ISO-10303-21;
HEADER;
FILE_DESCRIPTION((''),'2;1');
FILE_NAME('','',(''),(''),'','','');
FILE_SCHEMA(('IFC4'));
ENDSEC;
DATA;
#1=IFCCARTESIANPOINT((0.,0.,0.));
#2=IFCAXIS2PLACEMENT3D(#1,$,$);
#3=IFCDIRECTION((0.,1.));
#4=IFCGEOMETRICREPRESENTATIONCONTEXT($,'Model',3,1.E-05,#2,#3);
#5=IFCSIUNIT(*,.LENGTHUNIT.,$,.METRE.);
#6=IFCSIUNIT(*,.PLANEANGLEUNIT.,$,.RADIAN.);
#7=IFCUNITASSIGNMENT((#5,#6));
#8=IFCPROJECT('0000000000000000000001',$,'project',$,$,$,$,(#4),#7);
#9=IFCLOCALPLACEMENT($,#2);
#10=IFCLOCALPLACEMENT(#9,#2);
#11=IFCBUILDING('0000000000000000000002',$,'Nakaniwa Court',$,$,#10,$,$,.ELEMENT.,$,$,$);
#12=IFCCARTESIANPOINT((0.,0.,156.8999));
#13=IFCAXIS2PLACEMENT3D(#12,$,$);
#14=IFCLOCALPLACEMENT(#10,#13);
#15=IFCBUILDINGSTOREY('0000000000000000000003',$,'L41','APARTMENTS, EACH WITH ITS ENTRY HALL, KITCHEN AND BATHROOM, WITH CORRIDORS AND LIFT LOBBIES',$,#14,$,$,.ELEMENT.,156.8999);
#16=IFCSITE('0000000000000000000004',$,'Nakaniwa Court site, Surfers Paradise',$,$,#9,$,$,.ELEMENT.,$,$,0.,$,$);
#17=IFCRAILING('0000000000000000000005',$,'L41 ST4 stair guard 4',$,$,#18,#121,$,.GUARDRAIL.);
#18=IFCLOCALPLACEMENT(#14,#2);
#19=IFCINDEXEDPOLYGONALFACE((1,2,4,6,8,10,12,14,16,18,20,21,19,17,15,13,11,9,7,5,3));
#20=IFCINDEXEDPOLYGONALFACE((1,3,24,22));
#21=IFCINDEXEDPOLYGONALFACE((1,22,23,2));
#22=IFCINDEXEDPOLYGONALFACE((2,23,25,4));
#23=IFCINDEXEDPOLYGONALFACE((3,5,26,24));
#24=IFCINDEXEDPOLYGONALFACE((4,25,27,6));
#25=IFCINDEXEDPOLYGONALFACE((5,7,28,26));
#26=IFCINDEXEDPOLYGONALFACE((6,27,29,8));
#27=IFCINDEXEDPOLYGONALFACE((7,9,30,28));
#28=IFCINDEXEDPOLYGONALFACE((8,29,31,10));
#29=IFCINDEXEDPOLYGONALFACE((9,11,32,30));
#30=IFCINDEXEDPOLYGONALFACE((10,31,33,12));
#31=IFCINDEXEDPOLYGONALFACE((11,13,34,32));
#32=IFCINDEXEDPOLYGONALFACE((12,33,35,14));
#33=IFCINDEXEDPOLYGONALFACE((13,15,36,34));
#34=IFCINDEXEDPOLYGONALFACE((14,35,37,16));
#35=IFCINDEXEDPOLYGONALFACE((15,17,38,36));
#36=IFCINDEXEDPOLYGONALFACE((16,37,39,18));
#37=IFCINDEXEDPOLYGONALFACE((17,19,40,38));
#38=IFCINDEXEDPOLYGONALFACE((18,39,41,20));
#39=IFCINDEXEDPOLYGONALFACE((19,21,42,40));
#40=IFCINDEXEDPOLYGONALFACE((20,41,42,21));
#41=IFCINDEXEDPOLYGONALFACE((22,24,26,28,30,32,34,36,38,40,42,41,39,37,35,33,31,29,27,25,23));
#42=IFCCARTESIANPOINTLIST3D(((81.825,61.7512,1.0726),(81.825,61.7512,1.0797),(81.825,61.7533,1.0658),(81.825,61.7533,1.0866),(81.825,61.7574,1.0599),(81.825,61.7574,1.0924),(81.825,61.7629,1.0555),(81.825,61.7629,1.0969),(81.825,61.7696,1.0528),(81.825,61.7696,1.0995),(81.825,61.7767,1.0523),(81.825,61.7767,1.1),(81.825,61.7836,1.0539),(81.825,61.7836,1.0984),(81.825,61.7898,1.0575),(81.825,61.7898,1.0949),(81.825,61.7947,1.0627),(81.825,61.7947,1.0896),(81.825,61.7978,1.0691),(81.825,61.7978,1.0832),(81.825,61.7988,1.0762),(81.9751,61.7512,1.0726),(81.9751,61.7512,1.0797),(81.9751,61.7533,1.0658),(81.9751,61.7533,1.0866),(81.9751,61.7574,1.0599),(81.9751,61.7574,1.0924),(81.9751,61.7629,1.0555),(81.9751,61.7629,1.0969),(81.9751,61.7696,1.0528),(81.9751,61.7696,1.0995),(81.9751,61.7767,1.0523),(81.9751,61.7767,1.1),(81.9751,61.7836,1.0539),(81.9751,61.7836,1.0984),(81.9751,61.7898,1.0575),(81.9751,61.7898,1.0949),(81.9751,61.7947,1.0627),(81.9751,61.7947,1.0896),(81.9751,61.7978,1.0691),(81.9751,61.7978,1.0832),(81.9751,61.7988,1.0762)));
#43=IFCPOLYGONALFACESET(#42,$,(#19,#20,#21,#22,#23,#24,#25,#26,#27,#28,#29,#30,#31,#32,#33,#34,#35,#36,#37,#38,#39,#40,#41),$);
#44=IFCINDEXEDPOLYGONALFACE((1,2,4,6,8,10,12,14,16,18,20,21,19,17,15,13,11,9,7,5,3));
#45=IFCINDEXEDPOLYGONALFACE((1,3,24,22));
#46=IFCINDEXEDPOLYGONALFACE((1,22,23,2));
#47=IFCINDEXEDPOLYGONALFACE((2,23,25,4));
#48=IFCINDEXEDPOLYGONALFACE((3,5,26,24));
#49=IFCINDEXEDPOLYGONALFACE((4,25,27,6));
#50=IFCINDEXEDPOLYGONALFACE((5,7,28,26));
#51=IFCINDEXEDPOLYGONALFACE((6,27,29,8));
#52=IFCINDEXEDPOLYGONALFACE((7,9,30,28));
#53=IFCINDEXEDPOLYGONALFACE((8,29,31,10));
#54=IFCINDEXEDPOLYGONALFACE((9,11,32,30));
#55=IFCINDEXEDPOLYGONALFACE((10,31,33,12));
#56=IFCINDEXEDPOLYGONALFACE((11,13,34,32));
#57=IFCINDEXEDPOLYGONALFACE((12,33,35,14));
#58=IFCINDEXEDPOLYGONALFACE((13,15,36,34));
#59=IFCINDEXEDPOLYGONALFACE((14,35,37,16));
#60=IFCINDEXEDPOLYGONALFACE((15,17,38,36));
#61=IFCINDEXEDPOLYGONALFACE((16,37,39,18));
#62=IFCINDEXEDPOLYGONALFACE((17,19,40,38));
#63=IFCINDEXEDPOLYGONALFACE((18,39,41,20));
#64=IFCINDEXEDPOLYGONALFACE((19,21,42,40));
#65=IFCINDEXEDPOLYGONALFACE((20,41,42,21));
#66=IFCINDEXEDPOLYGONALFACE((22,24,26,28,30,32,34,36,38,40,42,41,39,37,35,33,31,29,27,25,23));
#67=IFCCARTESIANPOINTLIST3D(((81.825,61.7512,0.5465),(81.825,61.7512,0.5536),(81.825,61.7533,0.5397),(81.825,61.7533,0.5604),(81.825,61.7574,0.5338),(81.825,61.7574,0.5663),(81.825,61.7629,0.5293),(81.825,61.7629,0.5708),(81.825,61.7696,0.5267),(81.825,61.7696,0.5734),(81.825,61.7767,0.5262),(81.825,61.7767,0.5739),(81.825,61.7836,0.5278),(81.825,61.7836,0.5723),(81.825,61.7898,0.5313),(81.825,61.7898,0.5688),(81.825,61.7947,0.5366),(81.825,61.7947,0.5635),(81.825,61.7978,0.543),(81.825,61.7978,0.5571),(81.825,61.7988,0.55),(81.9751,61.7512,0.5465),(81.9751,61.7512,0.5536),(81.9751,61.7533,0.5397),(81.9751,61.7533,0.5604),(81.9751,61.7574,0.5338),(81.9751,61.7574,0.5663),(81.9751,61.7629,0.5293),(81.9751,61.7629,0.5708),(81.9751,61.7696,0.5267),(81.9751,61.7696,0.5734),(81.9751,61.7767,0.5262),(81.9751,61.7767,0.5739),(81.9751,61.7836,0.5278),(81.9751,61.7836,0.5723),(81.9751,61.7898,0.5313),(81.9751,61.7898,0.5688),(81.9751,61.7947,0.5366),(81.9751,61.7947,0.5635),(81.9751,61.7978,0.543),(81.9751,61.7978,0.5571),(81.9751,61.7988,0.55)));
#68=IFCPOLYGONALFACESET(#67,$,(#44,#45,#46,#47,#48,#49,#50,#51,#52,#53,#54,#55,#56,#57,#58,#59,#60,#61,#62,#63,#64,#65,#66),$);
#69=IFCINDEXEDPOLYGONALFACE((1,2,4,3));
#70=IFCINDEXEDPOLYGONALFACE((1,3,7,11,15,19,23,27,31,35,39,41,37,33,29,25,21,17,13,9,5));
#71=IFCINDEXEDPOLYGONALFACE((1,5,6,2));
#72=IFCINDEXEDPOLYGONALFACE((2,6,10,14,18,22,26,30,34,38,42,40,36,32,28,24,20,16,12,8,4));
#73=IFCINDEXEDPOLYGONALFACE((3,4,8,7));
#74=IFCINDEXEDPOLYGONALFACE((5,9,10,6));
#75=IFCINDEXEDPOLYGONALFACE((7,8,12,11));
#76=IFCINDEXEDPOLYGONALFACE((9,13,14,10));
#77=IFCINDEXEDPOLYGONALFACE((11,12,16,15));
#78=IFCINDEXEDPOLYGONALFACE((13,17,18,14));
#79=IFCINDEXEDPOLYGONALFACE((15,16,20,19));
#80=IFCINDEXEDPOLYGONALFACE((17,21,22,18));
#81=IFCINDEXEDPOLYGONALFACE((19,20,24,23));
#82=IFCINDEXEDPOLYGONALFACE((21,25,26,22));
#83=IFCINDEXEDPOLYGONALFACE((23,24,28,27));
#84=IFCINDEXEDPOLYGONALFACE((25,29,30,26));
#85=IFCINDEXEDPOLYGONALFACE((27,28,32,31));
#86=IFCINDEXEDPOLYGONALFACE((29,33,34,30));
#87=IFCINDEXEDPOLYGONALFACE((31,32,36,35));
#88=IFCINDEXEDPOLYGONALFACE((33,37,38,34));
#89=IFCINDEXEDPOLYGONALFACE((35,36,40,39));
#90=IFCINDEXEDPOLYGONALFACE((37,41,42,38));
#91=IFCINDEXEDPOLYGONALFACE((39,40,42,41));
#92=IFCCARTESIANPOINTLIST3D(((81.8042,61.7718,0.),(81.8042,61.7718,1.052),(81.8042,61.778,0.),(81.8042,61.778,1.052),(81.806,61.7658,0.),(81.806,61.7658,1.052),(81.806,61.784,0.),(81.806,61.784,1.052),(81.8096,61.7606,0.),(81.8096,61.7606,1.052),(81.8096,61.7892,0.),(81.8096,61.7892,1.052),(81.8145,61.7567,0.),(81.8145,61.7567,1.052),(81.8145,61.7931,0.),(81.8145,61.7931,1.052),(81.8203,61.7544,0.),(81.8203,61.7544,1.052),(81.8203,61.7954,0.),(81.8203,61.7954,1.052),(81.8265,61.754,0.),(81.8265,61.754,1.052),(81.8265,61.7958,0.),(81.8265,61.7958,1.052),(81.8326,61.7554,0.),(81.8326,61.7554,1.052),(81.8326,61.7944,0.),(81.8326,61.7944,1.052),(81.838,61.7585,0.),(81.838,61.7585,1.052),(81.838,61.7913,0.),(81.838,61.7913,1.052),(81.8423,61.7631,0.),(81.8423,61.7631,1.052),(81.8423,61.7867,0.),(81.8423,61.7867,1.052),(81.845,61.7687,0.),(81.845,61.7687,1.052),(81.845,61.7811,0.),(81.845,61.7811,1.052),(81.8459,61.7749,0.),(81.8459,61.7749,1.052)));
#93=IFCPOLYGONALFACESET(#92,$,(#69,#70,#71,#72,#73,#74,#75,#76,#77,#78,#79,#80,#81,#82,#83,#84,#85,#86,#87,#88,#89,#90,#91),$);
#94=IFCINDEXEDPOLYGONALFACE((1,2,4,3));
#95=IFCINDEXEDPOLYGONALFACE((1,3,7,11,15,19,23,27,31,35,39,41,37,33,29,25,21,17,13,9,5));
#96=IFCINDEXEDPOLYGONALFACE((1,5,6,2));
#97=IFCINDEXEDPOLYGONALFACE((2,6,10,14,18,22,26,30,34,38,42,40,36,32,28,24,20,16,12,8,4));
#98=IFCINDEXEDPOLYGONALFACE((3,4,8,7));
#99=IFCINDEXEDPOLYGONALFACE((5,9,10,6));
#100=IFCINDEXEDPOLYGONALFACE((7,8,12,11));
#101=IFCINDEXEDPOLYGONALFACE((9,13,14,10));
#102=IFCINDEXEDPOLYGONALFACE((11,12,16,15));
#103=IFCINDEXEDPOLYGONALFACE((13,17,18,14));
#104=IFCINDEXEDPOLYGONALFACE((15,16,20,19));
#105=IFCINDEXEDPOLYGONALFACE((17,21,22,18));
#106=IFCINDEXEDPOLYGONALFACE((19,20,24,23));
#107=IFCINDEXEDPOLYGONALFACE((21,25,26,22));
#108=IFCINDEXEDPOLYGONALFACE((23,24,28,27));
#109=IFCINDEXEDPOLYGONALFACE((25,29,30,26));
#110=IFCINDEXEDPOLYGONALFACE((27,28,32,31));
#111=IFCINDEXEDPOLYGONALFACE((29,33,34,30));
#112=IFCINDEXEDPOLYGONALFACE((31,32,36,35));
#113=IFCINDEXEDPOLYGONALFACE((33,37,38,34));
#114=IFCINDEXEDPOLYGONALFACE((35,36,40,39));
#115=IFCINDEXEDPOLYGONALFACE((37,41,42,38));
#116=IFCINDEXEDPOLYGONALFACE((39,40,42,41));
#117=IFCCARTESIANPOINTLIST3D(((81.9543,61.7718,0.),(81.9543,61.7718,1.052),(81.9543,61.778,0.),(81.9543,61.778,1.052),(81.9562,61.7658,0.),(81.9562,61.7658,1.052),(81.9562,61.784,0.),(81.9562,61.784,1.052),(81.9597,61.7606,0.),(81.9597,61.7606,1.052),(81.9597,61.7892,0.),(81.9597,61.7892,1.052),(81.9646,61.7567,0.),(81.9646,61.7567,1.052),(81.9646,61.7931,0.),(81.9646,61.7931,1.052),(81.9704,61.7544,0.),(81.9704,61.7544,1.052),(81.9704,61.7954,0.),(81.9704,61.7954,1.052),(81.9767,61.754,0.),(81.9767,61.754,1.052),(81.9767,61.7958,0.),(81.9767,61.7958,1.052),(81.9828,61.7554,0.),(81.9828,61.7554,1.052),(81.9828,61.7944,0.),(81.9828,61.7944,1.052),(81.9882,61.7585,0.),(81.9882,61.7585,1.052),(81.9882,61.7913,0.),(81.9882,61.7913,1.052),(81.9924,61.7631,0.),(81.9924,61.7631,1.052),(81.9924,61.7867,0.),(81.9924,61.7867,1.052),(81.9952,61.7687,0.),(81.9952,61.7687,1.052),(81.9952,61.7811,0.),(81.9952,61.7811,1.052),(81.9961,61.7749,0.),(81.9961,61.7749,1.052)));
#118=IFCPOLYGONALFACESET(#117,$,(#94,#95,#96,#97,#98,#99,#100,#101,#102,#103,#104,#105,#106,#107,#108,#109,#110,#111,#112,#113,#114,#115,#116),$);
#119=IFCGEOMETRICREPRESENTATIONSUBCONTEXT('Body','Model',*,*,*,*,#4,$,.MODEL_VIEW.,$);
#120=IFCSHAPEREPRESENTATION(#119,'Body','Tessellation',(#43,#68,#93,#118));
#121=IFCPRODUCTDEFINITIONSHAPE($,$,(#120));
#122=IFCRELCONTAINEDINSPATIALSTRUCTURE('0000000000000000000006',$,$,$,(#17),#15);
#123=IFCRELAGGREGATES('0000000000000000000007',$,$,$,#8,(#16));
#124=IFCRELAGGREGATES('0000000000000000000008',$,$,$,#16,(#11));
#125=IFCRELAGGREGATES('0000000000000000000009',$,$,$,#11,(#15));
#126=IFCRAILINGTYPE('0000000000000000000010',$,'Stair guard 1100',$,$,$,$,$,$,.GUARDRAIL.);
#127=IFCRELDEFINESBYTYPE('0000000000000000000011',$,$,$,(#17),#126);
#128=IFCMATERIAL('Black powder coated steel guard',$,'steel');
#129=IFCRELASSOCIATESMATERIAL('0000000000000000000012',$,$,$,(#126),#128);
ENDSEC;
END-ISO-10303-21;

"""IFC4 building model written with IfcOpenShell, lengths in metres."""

from ifc_helpers import new_model, si_unit, direction, frame, origin, origin_2d, place, context, subcontext, project, spatial, circle, extrude, material, type_object, element, save


model = new_model("IFC4")

# Units and contexts
model_context = context("Model", 3, precision=1e-05, world=origin(), true_north=direction((0.0, 1.0)))
body_context = subcontext(model_context, "Body", "Model", "MODEL_VIEW")
ifc_project = project(units=[si_unit("LENGTHUNIT", "METRE"), si_unit("PLANEANGLEUNIT", "RADIAN")], contexts=[model_context])

# Site, building, storey
site_placement = place(None, origin())
site = spatial("IfcSite", under=ifc_project, at=site_placement, Name="Nakaniwa Court site, Surfers Paradise", CompositionType="ELEMENT", RefElevation=0.0)
building_placement = place(site_placement, origin())
building = spatial("IfcBuilding", under=site, at=building_placement, Name="Nakaniwa Court", CompositionType="ELEMENT")
storey_placement = place(building_placement, frame((0.0, 0.0, 156.8999)))
storey = spatial("IfcBuildingStorey", under=building, at=storey_placement, Name="L41", Description="APARTMENTS, EACH WITH ITS ENTRY HALL, KITCHEN AND BATHROOM, WITH CORRIDORS AND LIFT LOBBIES", CompositionType="ELEMENT", Elevation=156.8999)

# Railing
ifc_material_1 = material(Name="Black powder coated steel guard", Category="steel")
railing_type_1 = type_object("IfcRailingType", Name="Stair guard 1100", PredefinedType="GUARDRAIL", material=ifc_material_1)
railing_1_placement = place(storey_placement, frame((81.825, 61.7749, 0.0)))
element("IfcRailing", 1, at=railing_1_placement, inside=storey, type_object=railing_type_1, Name="L41 ST4 stair guard 4", PredefinedType="GUARDRAIL", context=body_context, shape_type="SweptSolid", body=[
    extrude(circle(Radius=0.0239, at=origin_2d()), frame((0.0, 0.0, 1.0762), z_axis=(1.0, 0.0, 0.0), x_axis=(0.0, 1.0, 0.0)), (0.0, 0.0, 1.0), 0.1501),
    extrude(circle(Radius=0.0239, at=origin_2d()), frame((0.0, 0.0, 0.55), z_axis=(1.0, 0.0, 0.0), x_axis=(0.0, 1.0, 0.0)), (0.0, 0.0, 1.0), 0.1501),
    extrude(circle(Radius=0.021, at=origin_2d()), origin(), (0.0, 0.0, 1.0), 1.052),
    extrude(circle(Radius=0.021, at=origin_2d()), frame((0.1501, 0.0, 0.0)), (0.0, 0.0, 1.0), 1.052),
])

save(model, "model.ifc")
